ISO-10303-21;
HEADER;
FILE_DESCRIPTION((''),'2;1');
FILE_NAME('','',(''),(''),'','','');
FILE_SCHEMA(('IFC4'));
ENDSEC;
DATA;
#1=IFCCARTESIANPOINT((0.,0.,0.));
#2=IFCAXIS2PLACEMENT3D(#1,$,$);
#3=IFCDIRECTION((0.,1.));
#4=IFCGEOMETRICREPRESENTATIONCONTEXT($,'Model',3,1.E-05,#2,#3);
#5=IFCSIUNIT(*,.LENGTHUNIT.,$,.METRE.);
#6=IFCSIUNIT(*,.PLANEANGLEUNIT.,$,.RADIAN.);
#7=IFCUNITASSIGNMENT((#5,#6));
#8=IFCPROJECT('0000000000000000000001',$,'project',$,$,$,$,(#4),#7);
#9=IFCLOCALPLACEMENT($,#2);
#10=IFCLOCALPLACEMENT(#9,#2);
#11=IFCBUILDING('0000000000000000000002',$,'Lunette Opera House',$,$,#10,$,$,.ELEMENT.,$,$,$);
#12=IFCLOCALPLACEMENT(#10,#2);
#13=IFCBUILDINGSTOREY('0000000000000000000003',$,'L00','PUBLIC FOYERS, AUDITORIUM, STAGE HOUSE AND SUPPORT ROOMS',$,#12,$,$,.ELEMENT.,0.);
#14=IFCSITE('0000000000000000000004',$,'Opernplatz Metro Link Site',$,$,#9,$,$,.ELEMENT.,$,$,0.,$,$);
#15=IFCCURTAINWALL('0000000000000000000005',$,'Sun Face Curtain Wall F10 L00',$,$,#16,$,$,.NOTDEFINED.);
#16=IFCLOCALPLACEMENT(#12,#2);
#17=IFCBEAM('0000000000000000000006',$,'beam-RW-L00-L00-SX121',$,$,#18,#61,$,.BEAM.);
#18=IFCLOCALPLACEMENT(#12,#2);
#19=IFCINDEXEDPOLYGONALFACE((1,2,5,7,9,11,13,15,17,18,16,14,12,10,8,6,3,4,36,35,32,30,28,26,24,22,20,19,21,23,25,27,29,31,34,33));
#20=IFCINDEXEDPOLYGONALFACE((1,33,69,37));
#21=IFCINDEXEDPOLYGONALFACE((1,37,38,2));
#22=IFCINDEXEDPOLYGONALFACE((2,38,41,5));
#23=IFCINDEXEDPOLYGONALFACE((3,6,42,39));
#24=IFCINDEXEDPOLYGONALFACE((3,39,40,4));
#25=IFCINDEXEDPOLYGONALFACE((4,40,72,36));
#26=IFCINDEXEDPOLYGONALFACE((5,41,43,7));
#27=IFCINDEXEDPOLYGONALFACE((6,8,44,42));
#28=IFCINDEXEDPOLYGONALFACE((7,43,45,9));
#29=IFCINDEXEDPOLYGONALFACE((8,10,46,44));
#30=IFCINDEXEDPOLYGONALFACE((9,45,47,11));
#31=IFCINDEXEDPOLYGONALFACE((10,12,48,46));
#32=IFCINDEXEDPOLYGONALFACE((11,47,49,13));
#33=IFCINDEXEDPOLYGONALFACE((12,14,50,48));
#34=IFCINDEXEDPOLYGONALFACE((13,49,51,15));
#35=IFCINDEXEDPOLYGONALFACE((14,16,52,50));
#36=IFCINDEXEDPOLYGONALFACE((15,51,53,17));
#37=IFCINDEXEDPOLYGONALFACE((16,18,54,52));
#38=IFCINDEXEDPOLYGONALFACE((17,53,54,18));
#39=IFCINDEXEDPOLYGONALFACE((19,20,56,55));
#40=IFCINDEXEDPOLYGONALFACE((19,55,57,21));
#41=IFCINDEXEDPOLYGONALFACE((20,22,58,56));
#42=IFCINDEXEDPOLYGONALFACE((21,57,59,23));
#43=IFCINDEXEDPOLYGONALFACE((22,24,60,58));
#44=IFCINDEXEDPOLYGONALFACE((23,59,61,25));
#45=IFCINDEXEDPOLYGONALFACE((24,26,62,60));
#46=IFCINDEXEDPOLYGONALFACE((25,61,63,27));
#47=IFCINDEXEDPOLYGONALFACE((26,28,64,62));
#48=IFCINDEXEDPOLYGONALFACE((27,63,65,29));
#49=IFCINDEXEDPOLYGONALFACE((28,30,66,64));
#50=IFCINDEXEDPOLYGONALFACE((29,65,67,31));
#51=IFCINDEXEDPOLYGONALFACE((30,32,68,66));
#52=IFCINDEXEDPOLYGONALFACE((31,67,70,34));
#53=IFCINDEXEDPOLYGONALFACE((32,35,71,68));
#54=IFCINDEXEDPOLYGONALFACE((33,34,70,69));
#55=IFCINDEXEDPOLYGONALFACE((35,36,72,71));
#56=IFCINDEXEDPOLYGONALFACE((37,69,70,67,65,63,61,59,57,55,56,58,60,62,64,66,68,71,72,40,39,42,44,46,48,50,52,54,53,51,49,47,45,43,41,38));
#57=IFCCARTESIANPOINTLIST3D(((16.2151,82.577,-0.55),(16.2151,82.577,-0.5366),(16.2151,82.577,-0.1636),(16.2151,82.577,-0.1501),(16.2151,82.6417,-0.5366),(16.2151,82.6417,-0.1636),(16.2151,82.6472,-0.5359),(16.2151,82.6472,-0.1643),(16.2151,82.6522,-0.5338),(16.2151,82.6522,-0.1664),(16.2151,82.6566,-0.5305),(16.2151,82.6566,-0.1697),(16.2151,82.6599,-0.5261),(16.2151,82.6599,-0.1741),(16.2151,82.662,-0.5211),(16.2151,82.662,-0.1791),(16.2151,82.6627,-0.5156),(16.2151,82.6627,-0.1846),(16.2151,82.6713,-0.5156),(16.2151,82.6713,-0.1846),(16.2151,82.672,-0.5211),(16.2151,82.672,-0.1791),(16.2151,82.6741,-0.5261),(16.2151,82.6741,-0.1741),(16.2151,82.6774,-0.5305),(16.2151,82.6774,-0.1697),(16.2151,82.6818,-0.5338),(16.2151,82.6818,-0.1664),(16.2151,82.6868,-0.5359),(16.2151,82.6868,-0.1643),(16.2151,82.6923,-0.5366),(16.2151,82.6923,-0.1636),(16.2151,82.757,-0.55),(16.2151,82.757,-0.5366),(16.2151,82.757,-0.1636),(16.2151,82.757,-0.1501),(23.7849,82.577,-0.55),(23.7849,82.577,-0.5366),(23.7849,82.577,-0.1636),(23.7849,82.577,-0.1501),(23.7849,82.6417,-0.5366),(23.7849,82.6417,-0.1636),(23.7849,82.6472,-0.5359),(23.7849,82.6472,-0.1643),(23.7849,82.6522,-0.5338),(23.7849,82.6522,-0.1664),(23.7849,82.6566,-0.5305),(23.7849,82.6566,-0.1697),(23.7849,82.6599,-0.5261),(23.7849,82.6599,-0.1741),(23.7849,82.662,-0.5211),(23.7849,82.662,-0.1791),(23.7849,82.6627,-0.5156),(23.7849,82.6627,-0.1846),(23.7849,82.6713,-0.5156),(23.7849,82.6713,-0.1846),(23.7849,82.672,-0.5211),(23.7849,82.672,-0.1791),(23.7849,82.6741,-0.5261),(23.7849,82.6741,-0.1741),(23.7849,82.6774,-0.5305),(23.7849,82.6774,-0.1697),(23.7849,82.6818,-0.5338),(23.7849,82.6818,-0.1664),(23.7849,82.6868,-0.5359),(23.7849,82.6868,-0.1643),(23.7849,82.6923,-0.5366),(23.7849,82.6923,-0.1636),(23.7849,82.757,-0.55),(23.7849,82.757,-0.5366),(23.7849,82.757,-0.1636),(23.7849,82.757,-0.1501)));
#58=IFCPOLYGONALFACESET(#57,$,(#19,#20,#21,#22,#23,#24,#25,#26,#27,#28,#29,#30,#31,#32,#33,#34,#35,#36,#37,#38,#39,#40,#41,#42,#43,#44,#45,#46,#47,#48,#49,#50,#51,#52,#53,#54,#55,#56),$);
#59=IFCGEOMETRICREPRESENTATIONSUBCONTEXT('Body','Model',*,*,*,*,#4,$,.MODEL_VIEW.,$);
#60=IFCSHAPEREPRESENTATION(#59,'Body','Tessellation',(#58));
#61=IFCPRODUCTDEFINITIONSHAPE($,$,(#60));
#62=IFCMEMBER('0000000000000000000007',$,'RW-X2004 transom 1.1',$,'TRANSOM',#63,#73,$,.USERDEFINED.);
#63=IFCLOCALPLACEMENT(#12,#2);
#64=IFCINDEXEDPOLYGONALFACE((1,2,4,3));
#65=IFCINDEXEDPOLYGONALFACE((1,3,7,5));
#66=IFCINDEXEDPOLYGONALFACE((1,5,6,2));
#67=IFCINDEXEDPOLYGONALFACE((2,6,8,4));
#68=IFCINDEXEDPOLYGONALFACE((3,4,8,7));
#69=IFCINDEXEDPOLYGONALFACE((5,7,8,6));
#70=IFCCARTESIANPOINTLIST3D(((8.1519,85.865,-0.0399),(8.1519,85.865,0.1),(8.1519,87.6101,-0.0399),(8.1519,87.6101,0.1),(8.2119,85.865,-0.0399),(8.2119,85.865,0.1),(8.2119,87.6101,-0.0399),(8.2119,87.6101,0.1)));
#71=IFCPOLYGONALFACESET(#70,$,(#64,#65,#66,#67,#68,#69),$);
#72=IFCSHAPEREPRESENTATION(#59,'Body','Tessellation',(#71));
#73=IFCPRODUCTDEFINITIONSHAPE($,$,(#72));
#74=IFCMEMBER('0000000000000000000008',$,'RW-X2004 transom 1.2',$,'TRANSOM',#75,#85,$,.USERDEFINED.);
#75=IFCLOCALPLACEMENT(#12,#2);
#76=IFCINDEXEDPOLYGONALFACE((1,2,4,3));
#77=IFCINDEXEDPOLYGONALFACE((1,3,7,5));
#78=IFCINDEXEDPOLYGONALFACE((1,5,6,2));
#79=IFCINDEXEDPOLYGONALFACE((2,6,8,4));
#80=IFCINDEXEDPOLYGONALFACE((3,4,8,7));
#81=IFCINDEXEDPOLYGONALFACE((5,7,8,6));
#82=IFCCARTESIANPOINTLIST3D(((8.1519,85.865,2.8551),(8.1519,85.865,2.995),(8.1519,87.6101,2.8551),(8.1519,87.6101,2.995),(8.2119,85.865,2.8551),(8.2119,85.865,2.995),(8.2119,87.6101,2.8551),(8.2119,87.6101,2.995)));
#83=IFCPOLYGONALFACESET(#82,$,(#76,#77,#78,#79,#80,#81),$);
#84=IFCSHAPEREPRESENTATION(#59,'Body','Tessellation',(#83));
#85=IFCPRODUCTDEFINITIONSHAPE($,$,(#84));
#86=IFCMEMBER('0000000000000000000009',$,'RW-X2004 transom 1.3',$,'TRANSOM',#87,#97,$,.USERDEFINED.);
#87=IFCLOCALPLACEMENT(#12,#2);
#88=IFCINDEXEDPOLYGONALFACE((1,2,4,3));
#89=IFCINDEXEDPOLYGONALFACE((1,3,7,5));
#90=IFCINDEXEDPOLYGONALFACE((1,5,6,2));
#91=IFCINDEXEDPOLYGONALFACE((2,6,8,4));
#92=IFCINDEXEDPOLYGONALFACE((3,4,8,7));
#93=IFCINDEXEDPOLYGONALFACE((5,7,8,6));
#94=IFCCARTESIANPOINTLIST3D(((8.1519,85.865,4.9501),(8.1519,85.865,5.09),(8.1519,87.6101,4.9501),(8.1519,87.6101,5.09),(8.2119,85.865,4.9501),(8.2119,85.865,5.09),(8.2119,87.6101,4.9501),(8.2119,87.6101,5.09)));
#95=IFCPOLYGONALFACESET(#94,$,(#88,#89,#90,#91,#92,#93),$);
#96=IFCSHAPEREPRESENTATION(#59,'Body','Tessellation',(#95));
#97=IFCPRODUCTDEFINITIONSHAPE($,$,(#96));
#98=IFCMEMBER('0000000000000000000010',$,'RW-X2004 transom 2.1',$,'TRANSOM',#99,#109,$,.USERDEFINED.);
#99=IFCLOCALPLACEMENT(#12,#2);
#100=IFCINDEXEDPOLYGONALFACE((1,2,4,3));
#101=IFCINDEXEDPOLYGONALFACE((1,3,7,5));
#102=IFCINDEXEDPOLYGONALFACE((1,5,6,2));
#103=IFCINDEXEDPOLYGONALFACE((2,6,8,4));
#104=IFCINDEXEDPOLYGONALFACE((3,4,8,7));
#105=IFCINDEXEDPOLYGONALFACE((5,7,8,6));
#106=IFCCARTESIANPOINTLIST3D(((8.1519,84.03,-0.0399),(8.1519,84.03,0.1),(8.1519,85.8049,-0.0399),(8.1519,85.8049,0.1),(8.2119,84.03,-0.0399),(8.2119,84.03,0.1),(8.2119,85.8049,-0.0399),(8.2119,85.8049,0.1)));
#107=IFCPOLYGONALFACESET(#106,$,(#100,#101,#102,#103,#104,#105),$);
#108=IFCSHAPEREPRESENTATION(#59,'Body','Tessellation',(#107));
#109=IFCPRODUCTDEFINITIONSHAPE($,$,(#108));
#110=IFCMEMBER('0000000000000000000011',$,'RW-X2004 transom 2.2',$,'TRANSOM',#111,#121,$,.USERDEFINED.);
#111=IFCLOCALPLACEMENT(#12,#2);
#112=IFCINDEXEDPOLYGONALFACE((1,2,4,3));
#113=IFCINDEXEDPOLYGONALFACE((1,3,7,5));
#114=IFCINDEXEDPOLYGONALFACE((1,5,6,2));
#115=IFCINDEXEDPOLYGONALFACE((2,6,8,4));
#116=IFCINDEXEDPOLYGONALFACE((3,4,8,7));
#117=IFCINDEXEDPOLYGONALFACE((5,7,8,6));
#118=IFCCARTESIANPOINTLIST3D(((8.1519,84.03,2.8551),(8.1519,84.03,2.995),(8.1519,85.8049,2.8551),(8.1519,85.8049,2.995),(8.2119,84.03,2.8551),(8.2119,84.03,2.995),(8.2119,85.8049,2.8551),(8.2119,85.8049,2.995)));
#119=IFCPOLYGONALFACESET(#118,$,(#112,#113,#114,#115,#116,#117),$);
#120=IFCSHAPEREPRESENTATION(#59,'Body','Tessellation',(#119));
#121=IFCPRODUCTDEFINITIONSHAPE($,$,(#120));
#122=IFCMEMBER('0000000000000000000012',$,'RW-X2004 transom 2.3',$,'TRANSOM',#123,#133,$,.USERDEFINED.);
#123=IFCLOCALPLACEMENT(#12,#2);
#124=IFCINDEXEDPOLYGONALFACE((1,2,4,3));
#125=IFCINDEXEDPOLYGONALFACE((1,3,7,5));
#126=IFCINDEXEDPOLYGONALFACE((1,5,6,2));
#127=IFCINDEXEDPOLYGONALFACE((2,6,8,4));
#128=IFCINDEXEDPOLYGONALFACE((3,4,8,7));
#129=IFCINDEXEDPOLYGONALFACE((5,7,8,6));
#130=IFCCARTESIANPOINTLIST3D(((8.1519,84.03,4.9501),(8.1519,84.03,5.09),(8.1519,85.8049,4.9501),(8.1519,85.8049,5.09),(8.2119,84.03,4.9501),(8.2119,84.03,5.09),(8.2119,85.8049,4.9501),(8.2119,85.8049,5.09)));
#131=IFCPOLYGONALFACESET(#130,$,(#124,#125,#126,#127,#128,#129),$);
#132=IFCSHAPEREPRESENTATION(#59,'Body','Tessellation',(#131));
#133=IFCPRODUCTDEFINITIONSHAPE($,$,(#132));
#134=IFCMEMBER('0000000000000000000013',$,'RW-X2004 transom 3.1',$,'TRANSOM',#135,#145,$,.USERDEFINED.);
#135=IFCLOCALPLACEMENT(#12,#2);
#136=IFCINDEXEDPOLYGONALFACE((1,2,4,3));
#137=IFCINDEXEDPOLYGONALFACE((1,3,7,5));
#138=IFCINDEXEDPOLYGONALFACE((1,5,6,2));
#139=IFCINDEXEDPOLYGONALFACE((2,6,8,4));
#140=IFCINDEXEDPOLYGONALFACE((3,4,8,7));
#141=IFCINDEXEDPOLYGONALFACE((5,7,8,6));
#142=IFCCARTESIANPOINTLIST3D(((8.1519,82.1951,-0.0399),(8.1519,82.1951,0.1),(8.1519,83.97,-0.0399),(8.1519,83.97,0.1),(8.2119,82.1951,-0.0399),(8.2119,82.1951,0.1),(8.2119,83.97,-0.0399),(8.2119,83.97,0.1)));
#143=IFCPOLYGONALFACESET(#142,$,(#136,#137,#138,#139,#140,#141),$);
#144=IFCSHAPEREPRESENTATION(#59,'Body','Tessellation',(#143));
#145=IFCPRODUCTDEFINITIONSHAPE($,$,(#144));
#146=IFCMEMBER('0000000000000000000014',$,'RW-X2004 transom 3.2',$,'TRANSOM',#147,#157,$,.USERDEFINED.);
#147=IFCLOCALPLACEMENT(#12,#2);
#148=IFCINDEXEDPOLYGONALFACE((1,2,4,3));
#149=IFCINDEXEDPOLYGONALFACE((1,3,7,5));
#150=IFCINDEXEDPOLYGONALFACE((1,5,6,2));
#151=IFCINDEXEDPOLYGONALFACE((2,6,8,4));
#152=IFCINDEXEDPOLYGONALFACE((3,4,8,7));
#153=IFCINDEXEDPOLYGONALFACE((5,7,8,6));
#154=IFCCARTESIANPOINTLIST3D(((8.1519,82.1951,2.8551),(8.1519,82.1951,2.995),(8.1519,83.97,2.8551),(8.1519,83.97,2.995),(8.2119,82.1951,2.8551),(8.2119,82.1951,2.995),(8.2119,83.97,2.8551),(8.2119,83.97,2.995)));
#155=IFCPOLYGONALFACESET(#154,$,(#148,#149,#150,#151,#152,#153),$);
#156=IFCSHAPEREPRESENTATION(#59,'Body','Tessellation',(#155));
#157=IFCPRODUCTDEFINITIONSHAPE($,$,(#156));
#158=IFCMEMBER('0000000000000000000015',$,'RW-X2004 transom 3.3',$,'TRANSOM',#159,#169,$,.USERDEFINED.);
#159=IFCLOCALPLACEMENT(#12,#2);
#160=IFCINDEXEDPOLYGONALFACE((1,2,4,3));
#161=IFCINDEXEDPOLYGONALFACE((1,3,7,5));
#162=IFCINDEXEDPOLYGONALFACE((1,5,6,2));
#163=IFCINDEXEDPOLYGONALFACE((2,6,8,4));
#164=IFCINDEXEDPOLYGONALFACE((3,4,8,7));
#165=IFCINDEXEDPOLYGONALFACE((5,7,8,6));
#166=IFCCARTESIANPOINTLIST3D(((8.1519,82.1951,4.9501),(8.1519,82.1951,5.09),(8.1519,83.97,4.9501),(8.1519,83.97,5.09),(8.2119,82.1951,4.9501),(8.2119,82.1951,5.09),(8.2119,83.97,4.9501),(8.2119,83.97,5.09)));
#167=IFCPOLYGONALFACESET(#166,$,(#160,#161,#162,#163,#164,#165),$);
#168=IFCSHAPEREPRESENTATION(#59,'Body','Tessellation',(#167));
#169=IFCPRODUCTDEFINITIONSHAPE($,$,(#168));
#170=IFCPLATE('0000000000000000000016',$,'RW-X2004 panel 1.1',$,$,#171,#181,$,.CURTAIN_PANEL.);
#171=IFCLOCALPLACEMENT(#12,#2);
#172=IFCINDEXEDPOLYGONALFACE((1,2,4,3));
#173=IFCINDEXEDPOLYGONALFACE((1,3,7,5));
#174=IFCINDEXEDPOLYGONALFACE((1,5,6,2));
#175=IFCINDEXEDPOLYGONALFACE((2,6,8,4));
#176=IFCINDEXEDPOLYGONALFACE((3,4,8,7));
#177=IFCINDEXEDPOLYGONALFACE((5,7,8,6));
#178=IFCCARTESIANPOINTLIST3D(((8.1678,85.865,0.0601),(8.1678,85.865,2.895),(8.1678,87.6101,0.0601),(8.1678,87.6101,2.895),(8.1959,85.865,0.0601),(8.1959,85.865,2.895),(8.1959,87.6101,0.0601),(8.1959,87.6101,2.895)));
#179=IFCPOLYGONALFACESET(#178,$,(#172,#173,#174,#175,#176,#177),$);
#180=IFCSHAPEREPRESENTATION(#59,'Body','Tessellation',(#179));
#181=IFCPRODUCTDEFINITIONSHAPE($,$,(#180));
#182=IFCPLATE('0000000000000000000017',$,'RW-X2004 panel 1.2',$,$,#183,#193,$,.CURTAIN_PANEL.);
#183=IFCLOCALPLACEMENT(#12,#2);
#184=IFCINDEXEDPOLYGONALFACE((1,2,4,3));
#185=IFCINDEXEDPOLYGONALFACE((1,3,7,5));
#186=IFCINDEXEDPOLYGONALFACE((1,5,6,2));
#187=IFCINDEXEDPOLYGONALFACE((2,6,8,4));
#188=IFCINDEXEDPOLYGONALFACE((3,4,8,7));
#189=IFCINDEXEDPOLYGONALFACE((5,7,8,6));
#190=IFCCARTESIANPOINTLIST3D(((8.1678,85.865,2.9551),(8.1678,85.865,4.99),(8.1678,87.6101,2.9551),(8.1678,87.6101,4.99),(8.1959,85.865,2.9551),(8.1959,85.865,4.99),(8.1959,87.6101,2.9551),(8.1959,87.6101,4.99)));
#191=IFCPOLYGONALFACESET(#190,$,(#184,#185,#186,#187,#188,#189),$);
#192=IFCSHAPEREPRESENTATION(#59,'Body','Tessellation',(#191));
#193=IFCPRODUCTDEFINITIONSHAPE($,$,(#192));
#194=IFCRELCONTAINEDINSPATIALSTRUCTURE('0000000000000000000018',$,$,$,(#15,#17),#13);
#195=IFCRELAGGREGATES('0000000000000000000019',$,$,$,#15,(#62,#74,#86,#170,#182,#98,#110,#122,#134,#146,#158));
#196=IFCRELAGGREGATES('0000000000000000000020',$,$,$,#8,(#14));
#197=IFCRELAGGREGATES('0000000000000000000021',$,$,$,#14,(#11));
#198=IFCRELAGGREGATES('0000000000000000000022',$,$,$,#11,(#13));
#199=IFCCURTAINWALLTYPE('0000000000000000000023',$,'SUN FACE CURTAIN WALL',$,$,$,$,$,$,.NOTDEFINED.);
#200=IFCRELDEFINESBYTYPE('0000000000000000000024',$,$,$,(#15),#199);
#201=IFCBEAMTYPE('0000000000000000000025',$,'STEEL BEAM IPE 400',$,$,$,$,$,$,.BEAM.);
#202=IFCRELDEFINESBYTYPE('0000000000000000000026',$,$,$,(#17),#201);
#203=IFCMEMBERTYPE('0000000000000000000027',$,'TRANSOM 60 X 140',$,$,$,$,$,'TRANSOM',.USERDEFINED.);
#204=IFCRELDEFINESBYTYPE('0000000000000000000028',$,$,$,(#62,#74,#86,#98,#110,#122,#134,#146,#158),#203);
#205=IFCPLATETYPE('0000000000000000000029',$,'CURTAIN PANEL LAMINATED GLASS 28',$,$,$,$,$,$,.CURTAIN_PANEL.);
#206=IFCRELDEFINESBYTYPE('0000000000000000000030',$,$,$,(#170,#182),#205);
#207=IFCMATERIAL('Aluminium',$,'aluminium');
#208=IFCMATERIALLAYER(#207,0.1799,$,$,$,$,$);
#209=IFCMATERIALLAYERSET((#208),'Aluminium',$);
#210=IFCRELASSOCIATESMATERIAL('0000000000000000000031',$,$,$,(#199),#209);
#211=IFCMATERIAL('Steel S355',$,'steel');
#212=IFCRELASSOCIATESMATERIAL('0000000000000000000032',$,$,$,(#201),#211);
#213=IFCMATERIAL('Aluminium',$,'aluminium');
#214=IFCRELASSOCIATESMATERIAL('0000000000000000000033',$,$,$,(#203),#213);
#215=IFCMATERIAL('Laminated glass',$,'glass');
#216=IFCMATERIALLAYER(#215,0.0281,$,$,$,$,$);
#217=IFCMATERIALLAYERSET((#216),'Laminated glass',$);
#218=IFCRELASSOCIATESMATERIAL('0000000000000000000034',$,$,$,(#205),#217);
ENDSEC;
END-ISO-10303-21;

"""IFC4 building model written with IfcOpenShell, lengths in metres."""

from ifc_helpers import new_model, si_unit, direction, frame, origin, origin_2d, place, context, subcontext, project, spatial, rectangle, i_section, extrude, material, layer, layer_set, material_profile, profile_set, type_object, element, aggregate, save


model = new_model("IFC4")

# Units and contexts
model_context = context("Model", 3, precision=1e-05, world=origin(), true_north=direction((0.0, 1.0)))
body_context = subcontext(model_context, "Body", "Model", "MODEL_VIEW")
ifc_project = project(units=[si_unit("LENGTHUNIT", "METRE"), si_unit("PLANEANGLEUNIT", "RADIAN")], contexts=[model_context])

# Site, building, storey
site_placement = place(None, origin())
site = spatial("IfcSite", under=ifc_project, at=site_placement, Name="Opernplatz Metro Link Site", CompositionType="ELEMENT", RefElevation=0.0)
building_placement = place(site_placement, origin())
building = spatial("IfcBuilding", under=site, at=building_placement, Name="Lunette Opera House", CompositionType="ELEMENT")
storey_placement = place(building_placement, origin())
storey = spatial("IfcBuildingStorey", under=building, at=storey_placement, Name="L00", Description="PUBLIC FOYERS, AUDITORIUM, STAGE HOUSE AND SUPPORT ROOMS", CompositionType="ELEMENT", Elevation=0.0)

# Curtain wall
ifc_material_1 = material(Name="Aluminium", Category="aluminium")
ifc_layer_1 = layer(ifc_material_1, 0.1799)
ifc_layer_set_1 = layer_set([ifc_layer_1], Name="Aluminium")
curtain_wall_type = type_object("IfcCurtainWallType", Name="SUN FACE CURTAIN WALL", PredefinedType="NOTDEFINED", material=ifc_layer_set_1)
curtain_wall_placement = place(storey_placement, origin())
curtain_wall = element("IfcCurtainWall", 1, at=curtain_wall_placement, inside=storey, type_object=curtain_wall_type, Name="Sun Face Curtain Wall F10 L00", PredefinedType="NOTDEFINED")

# Beam
ifc_material_2 = material(Name="Steel S355", Category="steel")
ifc_material_profile_1 = material_profile(ifc_material_2, i_section(OverallWidth=0.1799, OverallDepth=0.3999, WebThickness=0.0085, FlangeThickness=0.0134, FilletRadius=0.021, at=origin_2d()), Name="IPE 400")
ifc_profile_set_1 = profile_set([ifc_material_profile_1], Name="Steel S355")
beam_type = type_object("IfcBeamType", Name="STEEL BEAM IPE 400", PredefinedType="BEAM", material=ifc_profile_set_1)
beam_placement = place(storey_placement, frame((16.2151, 82.667, -0.3501), z_axis=(1.0, 0.0, 0.0), x_axis=(0.0, 1.0, 0.0)))
element("IfcBeam", 2, at=beam_placement, inside=storey, type_object=beam_type, Name="beam-RW-L00-L00-SX121", PredefinedType="BEAM", context=body_context, shape_type="SweptSolid", body=[
    extrude(i_section(OverallWidth=0.1799, OverallDepth=0.3999, WebThickness=0.0085, FlangeThickness=0.0134, FilletRadius=0.021, at=origin_2d()), origin(), (0.0, 0.0, 1.0), 7.5698),
])

# Members
ifc_material_3 = material(Name="Aluminium", Category="aluminium")
ifc_material_profile_2 = material_profile(ifc_material_3, rectangle(XDim=0.0601, YDim=0.1399, at=origin_2d()), Name="TRANSOM 60 X 140")
ifc_profile_set_2 = profile_set([ifc_material_profile_2], Name="Aluminium")
member_type_1 = type_object("IfcMemberType", Name="TRANSOM 60 X 140", ElementType="TRANSOM", PredefinedType="USERDEFINED", material=ifc_profile_set_2)
member_1_placement = place(storey_placement, frame((8.1819, 87.6101, 0.03), z_axis=(0.0, -1.0, 0.0), x_axis=(1.0, 0.0, 0.0)))
member_1 = element("IfcMember", 3, at=member_1_placement, type_object=member_type_1, Name="RW-X2004 transom 1.1", ObjectType="TRANSOM", PredefinedType="USERDEFINED", context=body_context, shape_type="SweptSolid", body=[
    extrude(rectangle(XDim=0.0601, YDim=0.1399, at=origin_2d()), origin(), (0.0, 0.0, 1.0), 1.7451),
])
member_2_placement = place(storey_placement, frame((8.1819, 87.6101, 2.925), z_axis=(0.0, -1.0, 0.0), x_axis=(1.0, 0.0, 0.0)))
member_2 = element("IfcMember", 4, at=member_2_placement, type_object=member_type_1, Name="RW-X2004 transom 1.2", ObjectType="TRANSOM", PredefinedType="USERDEFINED", context=body_context, shape_type="SweptSolid", body=[
    extrude(rectangle(XDim=0.0601, YDim=0.1399, at=origin_2d()), origin(), (0.0, 0.0, 1.0), 1.7451),
])
member_3_placement = place(storey_placement, frame((8.1819, 87.6101, 5.02), z_axis=(0.0, -1.0, 0.0), x_axis=(1.0, 0.0, 0.0)))
member_3 = element("IfcMember", 5, at=member_3_placement, type_object=member_type_1, Name="RW-X2004 transom 1.3", ObjectType="TRANSOM", PredefinedType="USERDEFINED", context=body_context, shape_type="SweptSolid", body=[
    extrude(rectangle(XDim=0.0601, YDim=0.1399, at=origin_2d()), origin(), (0.0, 0.0, 1.0), 1.7451),
])
member_4_placement = place(storey_placement, frame((8.1819, 85.8049, 0.03), z_axis=(0.0, -1.0, 0.0), x_axis=(1.0, 0.0, 0.0)))
member_4 = element("IfcMember", 6, at=member_4_placement, type_object=member_type_1, Name="RW-X2004 transom 2.1", ObjectType="TRANSOM", PredefinedType="USERDEFINED", context=body_context, shape_type="SweptSolid", body=[
    extrude(rectangle(XDim=0.0601, YDim=0.1399, at=origin_2d()), origin(), (0.0, 0.0, 1.0), 1.7749),
])
member_5_placement = place(storey_placement, frame((8.1819, 85.8049, 2.925), z_axis=(0.0, -1.0, 0.0), x_axis=(1.0, 0.0, 0.0)))
member_5 = element("IfcMember", 7, at=member_5_placement, type_object=member_type_1, Name="RW-X2004 transom 2.2", ObjectType="TRANSOM", PredefinedType="USERDEFINED", context=body_context, shape_type="SweptSolid", body=[
    extrude(rectangle(XDim=0.0601, YDim=0.1399, at=origin_2d()), origin(), (0.0, 0.0, 1.0), 1.7749),
])
member_6_placement = place(storey_placement, frame((8.1819, 85.8049, 5.02), z_axis=(0.0, -1.0, 0.0), x_axis=(1.0, 0.0, 0.0)))
member_6 = element("IfcMember", 8, at=member_6_placement, type_object=member_type_1, Name="RW-X2004 transom 2.3", ObjectType="TRANSOM", PredefinedType="USERDEFINED", context=body_context, shape_type="SweptSolid", body=[
    extrude(rectangle(XDim=0.0601, YDim=0.1399, at=origin_2d()), origin(), (0.0, 0.0, 1.0), 1.7749),
])
member_7_placement = place(storey_placement, frame((8.1819, 83.97, 0.03), z_axis=(0.0, -1.0, 0.0), x_axis=(1.0, 0.0, 0.0)))
member_7 = element("IfcMember", 9, at=member_7_placement, type_object=member_type_1, Name="RW-X2004 transom 3.1", ObjectType="TRANSOM", PredefinedType="USERDEFINED", context=body_context, shape_type="SweptSolid", body=[
    extrude(rectangle(XDim=0.0601, YDim=0.1399, at=origin_2d()), origin(), (0.0, 0.0, 1.0), 1.7749),
])
member_8_placement = place(storey_placement, frame((8.1819, 83.97, 2.925), z_axis=(0.0, -1.0, 0.0), x_axis=(1.0, 0.0, 0.0)))
member_8 = element("IfcMember", 10, at=member_8_placement, type_object=member_type_1, Name="RW-X2004 transom 3.2", ObjectType="TRANSOM", PredefinedType="USERDEFINED", context=body_context, shape_type="SweptSolid", body=[
    extrude(rectangle(XDim=0.0601, YDim=0.1399, at=origin_2d()), origin(), (0.0, 0.0, 1.0), 1.7749),
])
member_9_placement = place(storey_placement, frame((8.1819, 83.97, 5.02), z_axis=(0.0, -1.0, 0.0), x_axis=(1.0, 0.0, 0.0)))
member_9 = element("IfcMember", 11, at=member_9_placement, type_object=member_type_1, Name="RW-X2004 transom 3.3", ObjectType="TRANSOM", PredefinedType="USERDEFINED", context=body_context, shape_type="SweptSolid", body=[
    extrude(rectangle(XDim=0.0601, YDim=0.1399, at=origin_2d()), origin(), (0.0, 0.0, 1.0), 1.7749),
])

# Plates
ifc_material_4 = material(Name="Laminated glass", Category="glass")
ifc_layer_2 = layer(ifc_material_4, 0.0281)
ifc_layer_set_2 = layer_set([ifc_layer_2], Name="Laminated glass")
plate_type = type_object("IfcPlateType", Name="CURTAIN PANEL LAMINATED GLASS 28", PredefinedType="CURTAIN_PANEL", material=ifc_layer_set_2)
plate_1_placement = place(storey_placement, frame((8.1819, 86.7375, 0.0601), z_axis=(0.0, 0.0, 1.0), x_axis=(0.0, -1.0, 0.0)))
plate_1 = element("IfcPlate", 12, at=plate_1_placement, type_object=plate_type, Name="RW-X2004 panel 1.1", PredefinedType="CURTAIN_PANEL", context=body_context, shape_type="SweptSolid", body=[
    extrude(rectangle(XDim=1.7451, YDim=0.0281, at=origin_2d()), origin(), (0.0, 0.0, 1.0), 2.835),
])
plate_2_placement = place(storey_placement, frame((8.1819, 86.7375, 2.9551), z_axis=(0.0, 0.0, 1.0), x_axis=(0.0, -1.0, 0.0)))
plate_2 = element("IfcPlate", 13, at=plate_2_placement, type_object=plate_type, Name="RW-X2004 panel 1.2", PredefinedType="CURTAIN_PANEL", context=body_context, shape_type="SweptSolid", body=[
    extrude(rectangle(XDim=1.7451, YDim=0.0281, at=origin_2d()), origin(), (0.0, 0.0, 1.0), 2.0349),
])
aggregate(curtain_wall, [member_1, member_2, member_3, plate_1, plate_2, member_4, member_5, member_6, member_7, member_8, member_9])

save(model, "model.ifc")
